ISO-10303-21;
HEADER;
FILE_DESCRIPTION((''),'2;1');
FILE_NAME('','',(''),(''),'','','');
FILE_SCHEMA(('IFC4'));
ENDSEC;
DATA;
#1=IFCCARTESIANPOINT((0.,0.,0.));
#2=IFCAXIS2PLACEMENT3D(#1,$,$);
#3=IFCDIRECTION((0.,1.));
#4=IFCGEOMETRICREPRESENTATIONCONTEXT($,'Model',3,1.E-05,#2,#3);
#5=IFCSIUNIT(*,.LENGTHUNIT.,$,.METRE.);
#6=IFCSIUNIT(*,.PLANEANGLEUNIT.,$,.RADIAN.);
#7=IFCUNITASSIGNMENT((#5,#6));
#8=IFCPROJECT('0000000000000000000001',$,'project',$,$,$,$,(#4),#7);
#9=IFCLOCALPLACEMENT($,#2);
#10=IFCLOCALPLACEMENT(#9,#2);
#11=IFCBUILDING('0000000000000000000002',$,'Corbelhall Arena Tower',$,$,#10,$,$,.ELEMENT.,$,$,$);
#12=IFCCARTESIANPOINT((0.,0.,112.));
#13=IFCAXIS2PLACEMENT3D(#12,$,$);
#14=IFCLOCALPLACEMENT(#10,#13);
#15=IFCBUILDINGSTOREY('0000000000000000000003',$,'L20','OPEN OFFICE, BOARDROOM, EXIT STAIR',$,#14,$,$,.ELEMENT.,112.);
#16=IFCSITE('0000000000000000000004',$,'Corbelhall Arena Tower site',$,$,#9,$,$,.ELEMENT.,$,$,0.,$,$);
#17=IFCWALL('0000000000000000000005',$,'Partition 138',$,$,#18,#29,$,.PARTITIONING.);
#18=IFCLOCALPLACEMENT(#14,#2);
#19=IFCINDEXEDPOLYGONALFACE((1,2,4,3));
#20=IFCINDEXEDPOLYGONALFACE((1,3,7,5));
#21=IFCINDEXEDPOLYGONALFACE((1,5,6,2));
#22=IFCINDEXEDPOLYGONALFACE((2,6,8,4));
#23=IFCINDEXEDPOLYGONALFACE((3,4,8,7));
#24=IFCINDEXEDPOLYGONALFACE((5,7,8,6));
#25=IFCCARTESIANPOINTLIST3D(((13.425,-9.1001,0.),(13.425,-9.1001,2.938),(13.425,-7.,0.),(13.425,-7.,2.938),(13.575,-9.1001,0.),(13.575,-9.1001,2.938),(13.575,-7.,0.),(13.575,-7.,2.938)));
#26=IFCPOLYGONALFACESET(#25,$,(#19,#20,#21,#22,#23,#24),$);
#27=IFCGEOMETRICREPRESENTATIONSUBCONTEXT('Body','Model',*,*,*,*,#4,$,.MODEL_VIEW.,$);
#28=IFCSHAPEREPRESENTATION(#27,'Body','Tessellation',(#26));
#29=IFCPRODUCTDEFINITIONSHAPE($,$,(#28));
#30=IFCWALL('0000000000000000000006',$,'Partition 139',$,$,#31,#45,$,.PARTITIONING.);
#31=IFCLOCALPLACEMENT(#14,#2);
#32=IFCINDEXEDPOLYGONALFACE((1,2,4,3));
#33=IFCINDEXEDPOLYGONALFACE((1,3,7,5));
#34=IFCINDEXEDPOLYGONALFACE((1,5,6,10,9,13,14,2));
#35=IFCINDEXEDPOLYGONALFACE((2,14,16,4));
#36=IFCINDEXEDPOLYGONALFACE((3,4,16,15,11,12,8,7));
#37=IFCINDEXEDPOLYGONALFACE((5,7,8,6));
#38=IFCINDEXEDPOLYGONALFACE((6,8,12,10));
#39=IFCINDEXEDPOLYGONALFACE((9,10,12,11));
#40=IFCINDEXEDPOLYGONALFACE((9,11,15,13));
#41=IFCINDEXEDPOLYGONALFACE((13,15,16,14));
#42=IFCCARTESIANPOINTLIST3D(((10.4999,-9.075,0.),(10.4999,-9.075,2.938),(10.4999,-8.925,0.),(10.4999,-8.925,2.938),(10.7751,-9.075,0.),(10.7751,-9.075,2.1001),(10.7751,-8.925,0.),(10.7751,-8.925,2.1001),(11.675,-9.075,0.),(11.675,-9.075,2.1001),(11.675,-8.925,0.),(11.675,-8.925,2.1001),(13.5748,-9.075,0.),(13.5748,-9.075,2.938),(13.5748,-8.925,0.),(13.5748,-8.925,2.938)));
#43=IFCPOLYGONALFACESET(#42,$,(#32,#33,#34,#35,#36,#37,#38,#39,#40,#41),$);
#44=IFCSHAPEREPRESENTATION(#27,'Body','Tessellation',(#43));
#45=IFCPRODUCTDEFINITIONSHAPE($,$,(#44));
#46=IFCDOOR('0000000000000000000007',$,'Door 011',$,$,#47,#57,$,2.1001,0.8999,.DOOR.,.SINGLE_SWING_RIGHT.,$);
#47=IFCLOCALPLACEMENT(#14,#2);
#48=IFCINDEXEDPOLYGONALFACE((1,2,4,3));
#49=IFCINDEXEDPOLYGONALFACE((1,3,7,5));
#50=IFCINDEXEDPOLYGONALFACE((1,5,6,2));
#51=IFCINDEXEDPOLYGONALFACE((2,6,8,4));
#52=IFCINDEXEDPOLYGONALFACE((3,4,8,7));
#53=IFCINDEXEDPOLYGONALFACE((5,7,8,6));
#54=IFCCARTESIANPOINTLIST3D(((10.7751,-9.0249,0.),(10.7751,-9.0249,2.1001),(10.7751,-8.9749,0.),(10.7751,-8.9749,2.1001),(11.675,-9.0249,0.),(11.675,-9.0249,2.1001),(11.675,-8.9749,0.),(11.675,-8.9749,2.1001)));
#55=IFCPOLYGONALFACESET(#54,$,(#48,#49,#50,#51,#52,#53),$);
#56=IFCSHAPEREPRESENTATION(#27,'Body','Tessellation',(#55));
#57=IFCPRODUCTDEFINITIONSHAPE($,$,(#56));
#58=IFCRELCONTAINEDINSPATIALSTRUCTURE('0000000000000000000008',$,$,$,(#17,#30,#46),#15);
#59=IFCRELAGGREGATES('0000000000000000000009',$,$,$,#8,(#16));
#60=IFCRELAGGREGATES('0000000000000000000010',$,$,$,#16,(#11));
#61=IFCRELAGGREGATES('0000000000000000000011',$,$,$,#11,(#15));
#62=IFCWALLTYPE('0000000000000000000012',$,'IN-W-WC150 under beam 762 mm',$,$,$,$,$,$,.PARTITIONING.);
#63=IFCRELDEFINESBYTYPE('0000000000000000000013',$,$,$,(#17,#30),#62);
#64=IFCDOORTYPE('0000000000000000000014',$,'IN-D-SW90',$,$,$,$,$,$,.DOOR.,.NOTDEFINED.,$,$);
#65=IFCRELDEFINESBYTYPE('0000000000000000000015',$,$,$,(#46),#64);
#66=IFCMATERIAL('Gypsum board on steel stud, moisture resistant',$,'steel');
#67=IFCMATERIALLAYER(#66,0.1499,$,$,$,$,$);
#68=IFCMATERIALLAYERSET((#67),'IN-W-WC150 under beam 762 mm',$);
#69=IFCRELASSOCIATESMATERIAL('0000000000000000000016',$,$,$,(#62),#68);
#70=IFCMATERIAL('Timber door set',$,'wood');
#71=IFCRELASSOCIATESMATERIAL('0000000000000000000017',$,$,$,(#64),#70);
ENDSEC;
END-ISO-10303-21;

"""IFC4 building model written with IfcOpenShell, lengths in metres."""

from ifc_helpers import new_model, si_unit, direction, frame, frame_2d, origin, place, context, subcontext, project, spatial, rectangle, extrude, material, layer, layer_set, type_object, element, fill, save


model = new_model("IFC4")

# Units and contexts
model_context = context("Model", 3, precision=1e-05, world=origin(), true_north=direction((0.0, 1.0)))
body_context = subcontext(model_context, "Body", "Model", "MODEL_VIEW")
ifc_project = project(units=[si_unit("LENGTHUNIT", "METRE"), si_unit("PLANEANGLEUNIT", "RADIAN")], contexts=[model_context])

# Site, building, storey
site_placement = place(None, origin())
site = spatial("IfcSite", under=ifc_project, at=site_placement, Name="Corbelhall Arena Tower site", CompositionType="ELEMENT", RefElevation=0.0)
building_placement = place(site_placement, origin())
building = spatial("IfcBuilding", under=site, at=building_placement, Name="Corbelhall Arena Tower", CompositionType="ELEMENT")
storey_placement = place(building_placement, frame((0.0, 0.0, 112.0)))
storey = spatial("IfcBuildingStorey", under=building, at=storey_placement, Name="L20", Description="OPEN OFFICE, BOARDROOM, EXIT STAIR", CompositionType="ELEMENT", Elevation=112.0)

# Wall
ifc_material_1 = material(Name="Gypsum board on steel stud, moisture resistant", Category="steel")
ifc_layer_1 = layer(ifc_material_1, 0.1499)
ifc_layer_set_1 = layer_set([ifc_layer_1], Name="IN-W-WC150 under beam 762 mm")
wall_type_1 = type_object("IfcWallType", Name="IN-W-WC150 under beam 762 mm", PredefinedType="PARTITIONING", material=ifc_layer_set_1)
wall_1_placement = place(storey_placement, frame((13.5, -7.0, 0.0), z_axis=(0.0, 0.0, 1.0), x_axis=(0.0, -1.0, 0.0)))
element("IfcWall", 1, at=wall_1_placement, inside=storey, type_object=wall_type_1, Name="Partition 138", PredefinedType="PARTITIONING", context=body_context, shape_type="SweptSolid", body=[
    extrude(rectangle(XDim=2.1001, YDim=0.1499, at=frame_2d((1.05, 0.0))), origin(), (0.0, 0.0, 1.0), 2.938),
])

# Wall, opening, door
wall_2_placement = place(storey_placement, frame((13.575, -9.0, 0.0), z_axis=(0.0, 0.0, 1.0), x_axis=(-1.0, 0.0, 0.0)))
wall_2 = element("IfcWall", 2, at=wall_2_placement, inside=storey, type_object=wall_type_1, Name="Partition 139", PredefinedType="PARTITIONING", context=body_context, shape_type="SweptSolid", body=[
    extrude(rectangle(XDim=3.075, YDim=0.1499, at=frame_2d((1.5376, 0.0))), origin(), (0.0, 0.0, 1.0), 2.938),
])
opening_1_placement = place(wall_2_placement, frame((1.8999, 0.0, 0.0)))
opening_1 = element("IfcOpeningElement", 3, at=opening_1_placement, cuts=wall_2, PredefinedType="OPENING", context=body_context, shape_type="SweptSolid", body=[
    extrude(rectangle(XDim=0.8999, YDim=2.1001, at=frame_2d((0.45, 1.05))), frame((0.0, 0.075, 0.0), z_axis=(0.0, -1.0, 0.0), x_axis=(1.0, 0.0, 0.0)), (0.0, 0.0, 1.0), 0.1499),
])
ifc_material_2 = material(Name="Timber door set", Category="wood")
door_type_1 = type_object("IfcDoorType", Name="IN-D-SW90", OperationType="NOTDEFINED", PredefinedType="DOOR", material=ifc_material_2)
door_1_placement = place(opening_1_placement, origin())
door_1 = element("IfcDoor", 4, at=door_1_placement, inside=storey, type_object=door_type_1, Name="Door 011", OperationType="SINGLE_SWING_RIGHT", OverallHeight=2.1001, OverallWidth=0.8999, PredefinedType="DOOR", context=body_context, shape_type="SweptSolid", body=[
    extrude(rectangle(XDim=0.8999, YDim=2.1001, at=frame_2d((0.45, 1.05))), frame((0.0, 0.0249, 0.0), z_axis=(0.0, -1.0, 0.0), x_axis=(1.0, 0.0, 0.0)), (0.0, 0.0, 1.0), 0.05),
])
fill(opening_1, door_1)

save(model, "model.ifc")
